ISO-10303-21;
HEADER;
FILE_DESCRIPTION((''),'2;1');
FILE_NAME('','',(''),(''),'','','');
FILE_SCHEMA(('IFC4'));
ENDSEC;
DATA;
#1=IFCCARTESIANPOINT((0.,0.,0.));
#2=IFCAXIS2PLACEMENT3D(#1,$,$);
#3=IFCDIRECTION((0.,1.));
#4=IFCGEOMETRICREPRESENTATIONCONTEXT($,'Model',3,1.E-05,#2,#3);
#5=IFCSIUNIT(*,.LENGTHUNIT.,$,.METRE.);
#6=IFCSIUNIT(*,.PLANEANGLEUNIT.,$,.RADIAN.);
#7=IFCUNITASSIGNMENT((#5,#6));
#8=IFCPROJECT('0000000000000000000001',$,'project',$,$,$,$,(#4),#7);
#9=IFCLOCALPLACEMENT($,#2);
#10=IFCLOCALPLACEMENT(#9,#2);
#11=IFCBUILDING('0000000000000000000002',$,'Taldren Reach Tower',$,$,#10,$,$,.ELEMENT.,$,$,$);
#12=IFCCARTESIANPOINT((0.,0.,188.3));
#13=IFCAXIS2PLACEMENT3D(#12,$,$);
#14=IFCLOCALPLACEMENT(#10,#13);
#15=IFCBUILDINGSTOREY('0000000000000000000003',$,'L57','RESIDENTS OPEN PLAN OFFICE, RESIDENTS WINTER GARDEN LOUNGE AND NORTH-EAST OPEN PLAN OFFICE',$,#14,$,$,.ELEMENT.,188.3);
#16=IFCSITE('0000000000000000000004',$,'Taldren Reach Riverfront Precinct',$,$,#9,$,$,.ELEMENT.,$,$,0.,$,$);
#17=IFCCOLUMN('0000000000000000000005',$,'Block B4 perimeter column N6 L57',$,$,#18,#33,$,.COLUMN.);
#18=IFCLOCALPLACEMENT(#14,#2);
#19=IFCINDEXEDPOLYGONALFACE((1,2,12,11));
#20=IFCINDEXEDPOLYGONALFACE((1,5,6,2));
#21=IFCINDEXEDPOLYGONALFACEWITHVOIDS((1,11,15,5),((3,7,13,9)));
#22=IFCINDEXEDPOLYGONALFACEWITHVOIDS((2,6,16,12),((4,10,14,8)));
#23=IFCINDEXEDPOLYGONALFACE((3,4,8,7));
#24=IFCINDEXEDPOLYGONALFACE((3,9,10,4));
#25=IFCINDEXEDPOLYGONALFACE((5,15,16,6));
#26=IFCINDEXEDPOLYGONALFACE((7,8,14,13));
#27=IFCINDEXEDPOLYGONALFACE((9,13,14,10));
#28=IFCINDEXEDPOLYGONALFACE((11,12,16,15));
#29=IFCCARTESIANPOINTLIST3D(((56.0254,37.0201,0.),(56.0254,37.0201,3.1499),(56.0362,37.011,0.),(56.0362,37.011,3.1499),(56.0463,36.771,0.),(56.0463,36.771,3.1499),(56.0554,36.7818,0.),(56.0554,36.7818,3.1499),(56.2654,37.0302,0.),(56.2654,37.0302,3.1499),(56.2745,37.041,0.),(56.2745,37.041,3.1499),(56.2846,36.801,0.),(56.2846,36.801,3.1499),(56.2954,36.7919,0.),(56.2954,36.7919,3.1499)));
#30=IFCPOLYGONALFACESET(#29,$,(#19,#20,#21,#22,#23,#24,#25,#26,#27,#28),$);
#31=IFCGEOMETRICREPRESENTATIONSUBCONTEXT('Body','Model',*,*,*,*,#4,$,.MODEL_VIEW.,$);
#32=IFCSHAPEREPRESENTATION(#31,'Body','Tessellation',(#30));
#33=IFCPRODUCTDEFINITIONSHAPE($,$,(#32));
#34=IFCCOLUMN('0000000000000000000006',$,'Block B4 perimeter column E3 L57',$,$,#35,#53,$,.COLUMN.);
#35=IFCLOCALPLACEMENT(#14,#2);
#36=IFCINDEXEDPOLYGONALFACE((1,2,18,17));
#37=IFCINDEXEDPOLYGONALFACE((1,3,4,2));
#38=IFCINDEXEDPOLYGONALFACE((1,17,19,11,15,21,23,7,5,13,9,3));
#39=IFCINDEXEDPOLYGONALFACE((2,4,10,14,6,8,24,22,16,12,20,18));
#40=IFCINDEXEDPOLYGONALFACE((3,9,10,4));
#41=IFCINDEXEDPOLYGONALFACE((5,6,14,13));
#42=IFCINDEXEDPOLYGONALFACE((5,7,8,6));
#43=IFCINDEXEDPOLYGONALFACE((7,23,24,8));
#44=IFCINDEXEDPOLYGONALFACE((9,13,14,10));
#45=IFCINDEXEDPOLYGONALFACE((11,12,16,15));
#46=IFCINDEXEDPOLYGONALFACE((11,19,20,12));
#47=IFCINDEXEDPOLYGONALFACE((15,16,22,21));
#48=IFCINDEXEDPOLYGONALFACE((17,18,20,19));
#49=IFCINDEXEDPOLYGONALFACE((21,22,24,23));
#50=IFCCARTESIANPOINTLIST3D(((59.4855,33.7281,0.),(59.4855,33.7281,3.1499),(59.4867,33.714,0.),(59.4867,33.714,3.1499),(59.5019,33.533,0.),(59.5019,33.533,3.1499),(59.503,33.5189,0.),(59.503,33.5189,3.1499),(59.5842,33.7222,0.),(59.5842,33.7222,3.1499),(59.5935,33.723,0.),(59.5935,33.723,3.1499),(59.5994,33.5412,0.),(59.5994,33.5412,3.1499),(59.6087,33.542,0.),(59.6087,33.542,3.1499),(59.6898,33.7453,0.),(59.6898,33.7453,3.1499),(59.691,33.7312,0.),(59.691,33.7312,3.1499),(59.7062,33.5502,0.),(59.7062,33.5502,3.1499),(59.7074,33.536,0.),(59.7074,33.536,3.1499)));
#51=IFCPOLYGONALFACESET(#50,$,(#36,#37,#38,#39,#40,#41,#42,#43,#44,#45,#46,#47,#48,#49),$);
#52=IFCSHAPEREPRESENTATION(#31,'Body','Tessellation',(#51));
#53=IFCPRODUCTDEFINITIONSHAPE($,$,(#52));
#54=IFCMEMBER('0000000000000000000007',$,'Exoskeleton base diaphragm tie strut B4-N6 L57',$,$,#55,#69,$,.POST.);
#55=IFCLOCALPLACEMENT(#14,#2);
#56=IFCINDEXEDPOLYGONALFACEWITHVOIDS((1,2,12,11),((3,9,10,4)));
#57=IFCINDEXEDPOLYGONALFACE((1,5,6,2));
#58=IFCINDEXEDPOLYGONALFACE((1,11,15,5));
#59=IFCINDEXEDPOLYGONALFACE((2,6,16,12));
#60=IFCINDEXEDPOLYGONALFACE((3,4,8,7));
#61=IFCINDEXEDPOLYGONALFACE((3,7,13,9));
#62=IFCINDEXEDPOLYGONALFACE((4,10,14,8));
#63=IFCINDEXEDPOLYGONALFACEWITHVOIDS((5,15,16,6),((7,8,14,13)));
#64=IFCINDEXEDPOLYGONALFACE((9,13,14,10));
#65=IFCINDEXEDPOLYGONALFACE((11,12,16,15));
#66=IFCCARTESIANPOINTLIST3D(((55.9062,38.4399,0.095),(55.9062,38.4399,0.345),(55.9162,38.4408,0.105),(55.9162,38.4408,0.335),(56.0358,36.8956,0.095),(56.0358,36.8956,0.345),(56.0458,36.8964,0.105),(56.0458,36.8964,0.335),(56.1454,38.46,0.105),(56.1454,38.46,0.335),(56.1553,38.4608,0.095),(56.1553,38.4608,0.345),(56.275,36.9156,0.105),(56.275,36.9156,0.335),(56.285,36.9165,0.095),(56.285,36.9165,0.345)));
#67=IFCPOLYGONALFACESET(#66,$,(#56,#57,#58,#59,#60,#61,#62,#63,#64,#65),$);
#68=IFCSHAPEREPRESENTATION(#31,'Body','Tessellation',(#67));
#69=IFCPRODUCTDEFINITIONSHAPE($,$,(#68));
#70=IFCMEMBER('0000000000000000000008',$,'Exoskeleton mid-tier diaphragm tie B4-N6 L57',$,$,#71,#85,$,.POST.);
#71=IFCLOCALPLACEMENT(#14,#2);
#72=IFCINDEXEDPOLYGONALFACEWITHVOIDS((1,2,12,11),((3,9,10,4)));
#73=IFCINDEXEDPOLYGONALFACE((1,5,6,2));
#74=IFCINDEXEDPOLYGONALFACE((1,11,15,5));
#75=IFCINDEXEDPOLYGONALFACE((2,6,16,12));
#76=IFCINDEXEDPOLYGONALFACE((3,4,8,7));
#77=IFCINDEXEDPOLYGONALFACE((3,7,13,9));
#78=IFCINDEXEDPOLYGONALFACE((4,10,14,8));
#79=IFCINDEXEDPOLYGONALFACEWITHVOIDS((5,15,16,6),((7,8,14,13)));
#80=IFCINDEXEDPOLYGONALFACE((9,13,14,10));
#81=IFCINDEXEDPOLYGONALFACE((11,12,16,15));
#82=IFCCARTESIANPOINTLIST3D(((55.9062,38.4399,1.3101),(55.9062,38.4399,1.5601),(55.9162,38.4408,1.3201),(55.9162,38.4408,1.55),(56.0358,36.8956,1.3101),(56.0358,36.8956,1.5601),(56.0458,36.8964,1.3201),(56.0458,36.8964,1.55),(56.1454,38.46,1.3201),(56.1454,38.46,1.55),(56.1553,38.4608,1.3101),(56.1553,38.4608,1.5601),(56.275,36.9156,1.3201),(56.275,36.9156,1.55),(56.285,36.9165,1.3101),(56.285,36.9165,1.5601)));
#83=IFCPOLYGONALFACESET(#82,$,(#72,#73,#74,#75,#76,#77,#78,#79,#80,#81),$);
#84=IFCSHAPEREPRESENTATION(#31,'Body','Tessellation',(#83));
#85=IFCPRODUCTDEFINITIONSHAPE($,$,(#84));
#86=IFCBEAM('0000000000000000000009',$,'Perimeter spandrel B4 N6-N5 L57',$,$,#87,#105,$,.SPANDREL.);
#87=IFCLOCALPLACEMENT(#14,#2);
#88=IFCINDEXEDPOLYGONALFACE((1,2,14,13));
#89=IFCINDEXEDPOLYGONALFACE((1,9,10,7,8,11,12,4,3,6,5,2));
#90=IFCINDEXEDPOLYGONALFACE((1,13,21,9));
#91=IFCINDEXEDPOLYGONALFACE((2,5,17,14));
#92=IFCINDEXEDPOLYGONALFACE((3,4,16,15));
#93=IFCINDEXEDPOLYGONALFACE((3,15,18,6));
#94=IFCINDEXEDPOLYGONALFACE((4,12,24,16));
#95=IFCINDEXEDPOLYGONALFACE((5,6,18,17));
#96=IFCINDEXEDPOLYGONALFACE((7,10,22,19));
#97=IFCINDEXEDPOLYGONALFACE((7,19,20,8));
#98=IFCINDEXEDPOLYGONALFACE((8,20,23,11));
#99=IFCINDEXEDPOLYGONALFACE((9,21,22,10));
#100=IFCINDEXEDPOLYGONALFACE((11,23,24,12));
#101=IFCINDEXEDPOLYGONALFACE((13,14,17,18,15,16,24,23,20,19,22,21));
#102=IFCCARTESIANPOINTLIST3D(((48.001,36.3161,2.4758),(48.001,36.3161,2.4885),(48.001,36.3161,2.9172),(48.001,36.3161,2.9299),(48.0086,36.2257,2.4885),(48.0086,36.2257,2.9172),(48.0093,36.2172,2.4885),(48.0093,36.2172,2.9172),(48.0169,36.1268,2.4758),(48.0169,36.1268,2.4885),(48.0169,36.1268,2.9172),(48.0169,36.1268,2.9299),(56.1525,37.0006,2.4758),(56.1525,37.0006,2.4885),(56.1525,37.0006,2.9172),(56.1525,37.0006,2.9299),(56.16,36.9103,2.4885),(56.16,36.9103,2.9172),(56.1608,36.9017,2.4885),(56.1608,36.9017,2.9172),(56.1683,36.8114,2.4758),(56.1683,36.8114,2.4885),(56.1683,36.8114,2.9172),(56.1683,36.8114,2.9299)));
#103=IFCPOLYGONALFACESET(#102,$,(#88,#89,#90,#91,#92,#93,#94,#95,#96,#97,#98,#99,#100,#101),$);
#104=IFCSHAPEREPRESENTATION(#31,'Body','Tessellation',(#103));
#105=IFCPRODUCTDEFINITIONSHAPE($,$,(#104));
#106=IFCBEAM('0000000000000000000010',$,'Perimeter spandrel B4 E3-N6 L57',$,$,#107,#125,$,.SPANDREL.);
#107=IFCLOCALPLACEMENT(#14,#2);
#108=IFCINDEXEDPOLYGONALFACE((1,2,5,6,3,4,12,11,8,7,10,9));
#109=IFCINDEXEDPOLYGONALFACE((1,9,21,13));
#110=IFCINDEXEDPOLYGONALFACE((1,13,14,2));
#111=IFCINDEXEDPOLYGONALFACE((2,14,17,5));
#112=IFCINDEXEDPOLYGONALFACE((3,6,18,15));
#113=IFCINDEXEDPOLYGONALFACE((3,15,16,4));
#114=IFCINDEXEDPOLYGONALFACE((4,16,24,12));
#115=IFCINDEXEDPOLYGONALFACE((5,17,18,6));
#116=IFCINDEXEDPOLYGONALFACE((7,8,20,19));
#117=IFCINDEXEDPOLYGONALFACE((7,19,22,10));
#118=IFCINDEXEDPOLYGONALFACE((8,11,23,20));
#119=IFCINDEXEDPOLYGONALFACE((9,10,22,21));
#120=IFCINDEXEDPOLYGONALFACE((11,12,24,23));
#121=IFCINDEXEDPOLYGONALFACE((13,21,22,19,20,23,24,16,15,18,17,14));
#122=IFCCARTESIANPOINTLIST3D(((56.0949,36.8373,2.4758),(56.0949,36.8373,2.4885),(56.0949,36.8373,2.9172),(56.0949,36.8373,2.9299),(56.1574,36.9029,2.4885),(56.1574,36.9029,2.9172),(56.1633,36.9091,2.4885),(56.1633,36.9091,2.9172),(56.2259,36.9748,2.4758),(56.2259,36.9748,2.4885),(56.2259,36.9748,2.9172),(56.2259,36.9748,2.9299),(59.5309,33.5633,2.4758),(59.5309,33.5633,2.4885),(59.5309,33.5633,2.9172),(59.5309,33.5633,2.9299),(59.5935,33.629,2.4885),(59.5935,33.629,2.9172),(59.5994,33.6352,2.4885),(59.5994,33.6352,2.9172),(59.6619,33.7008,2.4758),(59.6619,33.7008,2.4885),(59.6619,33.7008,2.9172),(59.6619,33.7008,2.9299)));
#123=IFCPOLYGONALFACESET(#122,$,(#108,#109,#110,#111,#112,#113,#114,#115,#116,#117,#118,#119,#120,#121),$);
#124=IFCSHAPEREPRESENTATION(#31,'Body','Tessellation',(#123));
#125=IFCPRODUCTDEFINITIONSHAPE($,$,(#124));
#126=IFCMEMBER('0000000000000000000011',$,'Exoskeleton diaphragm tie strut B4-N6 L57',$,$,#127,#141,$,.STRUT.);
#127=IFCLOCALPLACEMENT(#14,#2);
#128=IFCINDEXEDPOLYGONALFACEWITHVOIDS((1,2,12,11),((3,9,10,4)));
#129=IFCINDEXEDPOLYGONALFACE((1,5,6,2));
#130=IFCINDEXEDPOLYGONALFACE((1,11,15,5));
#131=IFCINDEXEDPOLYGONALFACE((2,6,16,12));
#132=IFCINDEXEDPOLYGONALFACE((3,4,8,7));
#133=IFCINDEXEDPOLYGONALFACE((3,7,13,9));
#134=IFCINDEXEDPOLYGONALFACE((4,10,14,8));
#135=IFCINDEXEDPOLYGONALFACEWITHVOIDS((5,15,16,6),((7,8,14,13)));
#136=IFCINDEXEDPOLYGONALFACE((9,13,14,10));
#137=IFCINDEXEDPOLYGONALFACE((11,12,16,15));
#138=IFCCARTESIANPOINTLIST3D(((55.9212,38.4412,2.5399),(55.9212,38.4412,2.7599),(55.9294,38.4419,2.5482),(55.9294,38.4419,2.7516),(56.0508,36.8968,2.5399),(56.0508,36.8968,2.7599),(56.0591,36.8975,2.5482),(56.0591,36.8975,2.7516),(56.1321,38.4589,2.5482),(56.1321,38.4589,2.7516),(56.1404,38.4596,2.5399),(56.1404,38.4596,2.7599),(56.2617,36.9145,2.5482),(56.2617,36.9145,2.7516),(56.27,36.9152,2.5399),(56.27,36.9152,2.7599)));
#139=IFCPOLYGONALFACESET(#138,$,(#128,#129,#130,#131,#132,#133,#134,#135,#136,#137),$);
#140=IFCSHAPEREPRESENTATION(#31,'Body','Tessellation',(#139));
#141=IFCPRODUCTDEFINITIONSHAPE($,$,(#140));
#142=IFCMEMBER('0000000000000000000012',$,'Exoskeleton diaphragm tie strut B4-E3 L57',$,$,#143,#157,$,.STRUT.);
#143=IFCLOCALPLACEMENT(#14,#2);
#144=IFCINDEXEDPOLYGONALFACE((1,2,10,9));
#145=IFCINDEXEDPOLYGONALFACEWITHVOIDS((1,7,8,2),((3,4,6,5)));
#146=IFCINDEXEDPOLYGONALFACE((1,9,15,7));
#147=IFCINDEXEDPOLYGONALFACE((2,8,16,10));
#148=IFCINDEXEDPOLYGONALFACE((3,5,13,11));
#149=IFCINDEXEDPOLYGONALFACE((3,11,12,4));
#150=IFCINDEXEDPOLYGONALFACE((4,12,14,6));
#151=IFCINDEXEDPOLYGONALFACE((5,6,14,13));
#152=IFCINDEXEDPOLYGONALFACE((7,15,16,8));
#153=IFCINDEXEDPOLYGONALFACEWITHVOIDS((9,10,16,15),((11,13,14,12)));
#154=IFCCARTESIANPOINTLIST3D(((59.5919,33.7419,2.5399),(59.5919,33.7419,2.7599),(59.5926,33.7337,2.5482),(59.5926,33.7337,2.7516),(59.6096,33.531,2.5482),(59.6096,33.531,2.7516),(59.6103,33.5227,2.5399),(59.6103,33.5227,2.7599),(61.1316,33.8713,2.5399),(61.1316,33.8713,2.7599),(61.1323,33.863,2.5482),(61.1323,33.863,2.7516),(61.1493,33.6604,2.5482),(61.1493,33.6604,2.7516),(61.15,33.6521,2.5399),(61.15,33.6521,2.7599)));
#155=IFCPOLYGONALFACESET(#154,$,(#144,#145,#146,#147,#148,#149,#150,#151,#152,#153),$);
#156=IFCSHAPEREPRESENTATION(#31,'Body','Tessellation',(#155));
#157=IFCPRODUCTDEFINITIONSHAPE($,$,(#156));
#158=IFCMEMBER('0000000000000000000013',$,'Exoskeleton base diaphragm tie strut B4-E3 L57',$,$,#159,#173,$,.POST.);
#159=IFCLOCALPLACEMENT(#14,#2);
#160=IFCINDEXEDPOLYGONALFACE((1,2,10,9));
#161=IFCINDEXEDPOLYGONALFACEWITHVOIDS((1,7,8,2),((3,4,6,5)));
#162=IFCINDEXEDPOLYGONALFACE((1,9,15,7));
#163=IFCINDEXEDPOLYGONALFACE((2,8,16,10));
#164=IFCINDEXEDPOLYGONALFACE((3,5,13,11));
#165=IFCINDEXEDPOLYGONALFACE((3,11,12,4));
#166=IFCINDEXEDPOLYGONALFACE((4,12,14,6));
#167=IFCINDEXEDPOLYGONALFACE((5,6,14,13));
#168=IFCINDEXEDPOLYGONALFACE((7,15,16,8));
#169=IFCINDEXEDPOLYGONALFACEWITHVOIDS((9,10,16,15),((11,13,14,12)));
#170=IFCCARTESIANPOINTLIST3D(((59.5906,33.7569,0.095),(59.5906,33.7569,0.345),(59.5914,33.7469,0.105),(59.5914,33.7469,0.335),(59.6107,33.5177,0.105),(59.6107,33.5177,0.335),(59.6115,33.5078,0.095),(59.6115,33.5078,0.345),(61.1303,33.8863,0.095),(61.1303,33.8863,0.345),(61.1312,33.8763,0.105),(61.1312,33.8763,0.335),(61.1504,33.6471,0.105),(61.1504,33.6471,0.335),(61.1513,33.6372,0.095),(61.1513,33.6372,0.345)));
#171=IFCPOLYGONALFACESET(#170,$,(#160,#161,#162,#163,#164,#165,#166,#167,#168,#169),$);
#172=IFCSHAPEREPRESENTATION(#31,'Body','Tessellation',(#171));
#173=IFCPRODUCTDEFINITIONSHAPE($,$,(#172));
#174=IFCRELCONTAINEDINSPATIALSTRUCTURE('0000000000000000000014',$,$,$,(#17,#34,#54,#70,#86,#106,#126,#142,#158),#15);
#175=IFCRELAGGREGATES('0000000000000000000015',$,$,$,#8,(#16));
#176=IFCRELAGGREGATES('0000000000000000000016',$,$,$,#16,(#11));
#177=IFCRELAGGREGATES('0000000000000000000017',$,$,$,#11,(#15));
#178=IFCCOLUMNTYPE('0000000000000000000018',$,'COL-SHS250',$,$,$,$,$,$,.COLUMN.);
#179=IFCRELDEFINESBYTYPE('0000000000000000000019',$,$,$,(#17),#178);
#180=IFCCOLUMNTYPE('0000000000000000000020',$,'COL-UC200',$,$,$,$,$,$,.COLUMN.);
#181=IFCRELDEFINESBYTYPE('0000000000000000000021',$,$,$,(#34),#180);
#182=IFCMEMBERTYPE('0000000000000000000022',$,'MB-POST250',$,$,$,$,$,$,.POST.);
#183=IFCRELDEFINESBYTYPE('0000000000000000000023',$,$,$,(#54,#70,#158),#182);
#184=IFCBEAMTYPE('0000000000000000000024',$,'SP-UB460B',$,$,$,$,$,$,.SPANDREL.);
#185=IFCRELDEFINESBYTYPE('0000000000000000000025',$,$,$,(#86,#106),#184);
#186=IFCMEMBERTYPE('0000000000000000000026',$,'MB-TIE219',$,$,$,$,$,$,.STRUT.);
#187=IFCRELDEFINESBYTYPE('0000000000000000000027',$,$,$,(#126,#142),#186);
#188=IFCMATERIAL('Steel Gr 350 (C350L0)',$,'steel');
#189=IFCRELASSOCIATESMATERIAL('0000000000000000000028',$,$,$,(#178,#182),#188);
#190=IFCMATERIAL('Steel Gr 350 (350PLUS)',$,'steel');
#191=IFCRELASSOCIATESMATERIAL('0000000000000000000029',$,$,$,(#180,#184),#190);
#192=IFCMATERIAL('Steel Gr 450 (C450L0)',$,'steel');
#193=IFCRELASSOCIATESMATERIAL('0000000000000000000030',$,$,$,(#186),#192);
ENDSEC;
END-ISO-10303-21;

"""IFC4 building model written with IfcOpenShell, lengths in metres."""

from ifc_helpers import new_model, si_unit, direction, frame, origin, origin_2d, place, context, subcontext, project, spatial, hollow_rectangle, i_section, extrude, source, transform, mapped, material, material_profile, profile_set, type_object, element, save


model = new_model("IFC4")

# Units and contexts
model_context = context("Model", 3, precision=1e-05, world=origin(), true_north=direction((0.0, 1.0)))
body_context = subcontext(model_context, "Body", "Model", "MODEL_VIEW")
ifc_project = project(units=[si_unit("LENGTHUNIT", "METRE"), si_unit("PLANEANGLEUNIT", "RADIAN")], contexts=[model_context])

# Site, building, storey
site_placement = place(None, origin())
site = spatial("IfcSite", under=ifc_project, at=site_placement, Name="Taldren Reach Riverfront Precinct", CompositionType="ELEMENT", RefElevation=0.0)
building_placement = place(site_placement, origin())
building = spatial("IfcBuilding", under=site, at=building_placement, Name="Taldren Reach Tower", CompositionType="ELEMENT")
storey_placement = place(building_placement, frame((0.0, 0.0, 188.3)))
storey = spatial("IfcBuildingStorey", under=building, at=storey_placement, Name="L57", Description="RESIDENTS OPEN PLAN OFFICE, RESIDENTS WINTER GARDEN LOUNGE AND NORTH-EAST OPEN PLAN OFFICE", CompositionType="ELEMENT", Elevation=188.3)

# Columns
ifc_material_1 = material(Name="Steel Gr 350 (C350L0)", Category="steel")
ifc_material_profile_1 = material_profile(ifc_material_1, hollow_rectangle(XDim=0.25, YDim=0.25, WallThickness=0.01, at=origin_2d()), Name="250x250x10.0SHS")
ifc_profile_set_1 = profile_set([ifc_material_profile_1], Name="Steel Gr 350 (C350L0)")
column_type_1 = type_object("IfcColumnType", Name="COL-SHS250", PredefinedType="COLUMN", material=ifc_profile_set_1)
shared_shape_1 = source(origin(), body_context, "Body", "SweptSolid", [
    extrude(hollow_rectangle(XDim=0.25, YDim=0.25, WallThickness=0.01, at=origin_2d()), origin(), (0.0, 0.0, 1.0), 3.1499),
])
column_1_placement = place(storey_placement, frame((56.1604, 36.906, 0.0), z_axis=(0.0, 0.0, 1.0), x_axis=(0.996493, 0.083678, 0.0)))
element("IfcColumn", 1, at=column_1_placement, inside=storey, type_object=column_type_1, Name="Block B4 perimeter column N6 L57", PredefinedType="COLUMN", context=body_context, shape_type="MappedRepresentation", body=[
    mapped(shared_shape_1, transform((0.0, 0.0, 0.0), scale=1.0)),
])
ifc_material_2 = material(Name="Steel Gr 350 (350PLUS)", Category="steel")
ifc_material_profile_2 = material_profile(ifc_material_2, i_section(OverallWidth=0.2051, OverallDepth=0.21, WebThickness=0.0093, FlangeThickness=0.0142, at=origin_2d()), Name="200UC59.5")
ifc_profile_set_2 = profile_set([ifc_material_profile_2], Name="Steel Gr 350 (350PLUS)")
column_type_2 = type_object("IfcColumnType", Name="COL-UC200", PredefinedType="COLUMN", material=ifc_profile_set_2)
shared_shape_2 = source(origin(), body_context, "Body", "SweptSolid", [
    extrude(i_section(OverallWidth=0.2051, OverallDepth=0.21, WebThickness=0.0093, FlangeThickness=0.0142, at=origin_2d()), origin(), (0.0, 0.0, 1.0), 3.1499),
])
column_2_placement = place(storey_placement, frame((59.5964, 33.6321, 0.0), z_axis=(0.0, 0.0, 1.0), x_axis=(0.996493, 0.083678, 0.0)))
element("IfcColumn", 2, at=column_2_placement, inside=storey, type_object=column_type_2, Name="Block B4 perimeter column E3 L57", PredefinedType="COLUMN", context=body_context, shape_type="MappedRepresentation", body=[
    mapped(shared_shape_2, transform((0.0, 0.0, 0.0), scale=1.0)),
])

# Members
ifc_material_profile_3 = material_profile(ifc_material_1, hollow_rectangle(XDim=0.25, YDim=0.25, WallThickness=0.01, at=origin_2d()), Name="250x250x10.0SHS")
ifc_profile_set_3 = profile_set([ifc_material_profile_3], Name="Steel Gr 350 (C350L0)")
member_type_1 = type_object("IfcMemberType", Name="MB-POST250", PredefinedType="POST", material=ifc_profile_set_3)
shared_shape_3 = source(origin(), body_context, "Body", "SweptSolid", [
    extrude(hollow_rectangle(XDim=0.25, YDim=0.25, WallThickness=0.01, at=origin_2d()), origin(), (0.0, 0.0, 1.0), 1.5498),
])
for number, where, z_axis, x_axis, name in (
    (3, (56.1604, 36.906, 0.22), (-0.083645, 0.996496, 0.0), (-0.996496, -0.083645, 0.0), "Exoskeleton base diaphragm tie strut B4-N6 L57"),
    (4, (56.1604, 36.906, 1.4351), (-0.083645, 0.996496, 0.0), (-0.996496, -0.083645, 0.0), "Exoskeleton mid-tier diaphragm tie B4-N6 L57"),
):
    element("IfcMember", number, at=place(storey_placement, frame(where, z_axis=z_axis, x_axis=x_axis)), inside=storey, type_object=member_type_1, Name=name, PredefinedType="POST", context=body_context, shape_type="MappedRepresentation", body=[
        mapped(shared_shape_3, transform((0.0, 0.0, 0.0), scale=1.0)),
    ])

# Beams
ifc_material_profile_4 = material_profile(ifc_material_2, i_section(OverallWidth=0.1899, OverallDepth=0.4541, WebThickness=0.0085, FlangeThickness=0.0127, at=origin_2d()), Name="460UB67.1")
ifc_profile_set_4 = profile_set([ifc_material_profile_4], Name="Steel Gr 350 (350PLUS)")
beam_type = type_object("IfcBeamType", Name="SP-UB460B", PredefinedType="SPANDREL", material=ifc_profile_set_4)
shared_shape_4 = source(origin(), body_context, "Body", "SweptSolid", [
    extrude(i_section(OverallWidth=0.1899, OverallDepth=0.4541, WebThickness=0.0085, FlangeThickness=0.0127, at=origin_2d()), origin(), (0.0, 0.0, 1.0), 8.1802),
])
beam_1_placement = place(storey_placement, frame((56.1604, 36.906, 2.7029), z_axis=(-0.996492, -0.083688, 0.0), x_axis=(0.083688, -0.996492, 0.0)))
element("IfcBeam", 5, at=beam_1_placement, inside=storey, type_object=beam_type, Name="Perimeter spandrel B4 N6-N5 L57", PredefinedType="SPANDREL", context=body_context, shape_type="MappedRepresentation", body=[
    mapped(shared_shape_4, transform((0.0, 0.0, 0.0), scale=1.0)),
])
shared_shape_5 = source(origin(), body_context, "Body", "SweptSolid", [
    extrude(i_section(OverallWidth=0.1899, OverallDepth=0.4541, WebThickness=0.0085, FlangeThickness=0.0127, at=origin_2d()), origin(), (0.0, 0.0, 1.0), 4.7461),
])
beam_2_placement = place(storey_placement, frame((59.5964, 33.6321, 2.7029), z_axis=(-0.723979, 0.689822, 0.0), x_axis=(-0.689822, -0.723979, 0.0)))
element("IfcBeam", 6, at=beam_2_placement, inside=storey, type_object=beam_type, Name="Perimeter spandrel B4 E3-N6 L57", PredefinedType="SPANDREL", context=body_context, shape_type="MappedRepresentation", body=[
    mapped(shared_shape_5, transform((0.0, 0.0, 0.0), scale=1.0)),
])

# Members
ifc_material_3 = material(Name="Steel Gr 450 (C450L0)", Category="steel")
ifc_material_profile_5 = material_profile(ifc_material_3, hollow_rectangle(XDim=0.22, YDim=0.22, WallThickness=0.0083, at=origin_2d()), Name="220x220x8.2SHS")
ifc_profile_set_5 = profile_set([ifc_material_profile_5], Name="Steel Gr 450 (C450L0)")
member_type_2 = type_object("IfcMemberType", Name="MB-TIE219", PredefinedType="STRUT", material=ifc_profile_set_5)
shared_shape_6 = source(origin(), body_context, "Body", "SweptSolid", [
    extrude(hollow_rectangle(XDim=0.22, YDim=0.22, WallThickness=0.0083, at=origin_2d()), origin(), (0.0, 0.0, 1.0), 1.5498),
])
member_1_placement = place(storey_placement, frame((56.1604, 36.906, 2.6499), z_axis=(-0.083645, 0.996496, 0.0), x_axis=(-0.996496, -0.083645, 0.0)))
element("IfcMember", 7, at=member_1_placement, inside=storey, type_object=member_type_2, Name="Exoskeleton diaphragm tie strut B4-N6 L57", PredefinedType="STRUT", context=body_context, shape_type="MappedRepresentation", body=[
    mapped(shared_shape_6, transform((0.0, 0.0, 0.0), scale=1.0)),
])
shared_shape_7 = source(origin(), body_context, "Body", "SweptSolid", [
    extrude(hollow_rectangle(XDim=0.22, YDim=0.22, WallThickness=0.0083, at=origin_2d()), origin(), (0.0, 0.0, 1.0), 1.5452),
])
member_2_placement = place(storey_placement, frame((59.6011, 33.6323, 2.6499), z_axis=(0.996488, 0.083738, 0.0), x_axis=(-0.083738, 0.996488, 0.0)))
element("IfcMember", 8, at=member_2_placement, inside=storey, type_object=member_type_2, Name="Exoskeleton diaphragm tie strut B4-E3 L57", PredefinedType="STRUT", context=body_context, shape_type="MappedRepresentation", body=[
    mapped(shared_shape_7, transform((0.0, 0.0, 0.0), scale=1.0)),
])
shared_shape_8 = source(origin(), body_context, "Body", "SweptSolid", [
    extrude(hollow_rectangle(XDim=0.25, YDim=0.25, WallThickness=0.01, at=origin_2d()), origin(), (0.0, 0.0, 1.0), 1.5452),
])
for number, where, z_axis, x_axis, name in (
    (9, (59.6011, 33.6323, 0.22), (0.996488, 0.083738, 0.0), (-0.083738, 0.996488, 0.0), "Exoskeleton base diaphragm tie strut B4-E3 L57"),
):
    element("IfcMember", number, at=place(storey_placement, frame(where, z_axis=z_axis, x_axis=x_axis)), inside=storey, type_object=member_type_1, Name=name, PredefinedType="POST", context=body_context, shape_type="MappedRepresentation", body=[
        mapped(shared_shape_8, transform((0.0, 0.0, 0.0), scale=1.0)),
    ])

save(model, "model.ifc")
